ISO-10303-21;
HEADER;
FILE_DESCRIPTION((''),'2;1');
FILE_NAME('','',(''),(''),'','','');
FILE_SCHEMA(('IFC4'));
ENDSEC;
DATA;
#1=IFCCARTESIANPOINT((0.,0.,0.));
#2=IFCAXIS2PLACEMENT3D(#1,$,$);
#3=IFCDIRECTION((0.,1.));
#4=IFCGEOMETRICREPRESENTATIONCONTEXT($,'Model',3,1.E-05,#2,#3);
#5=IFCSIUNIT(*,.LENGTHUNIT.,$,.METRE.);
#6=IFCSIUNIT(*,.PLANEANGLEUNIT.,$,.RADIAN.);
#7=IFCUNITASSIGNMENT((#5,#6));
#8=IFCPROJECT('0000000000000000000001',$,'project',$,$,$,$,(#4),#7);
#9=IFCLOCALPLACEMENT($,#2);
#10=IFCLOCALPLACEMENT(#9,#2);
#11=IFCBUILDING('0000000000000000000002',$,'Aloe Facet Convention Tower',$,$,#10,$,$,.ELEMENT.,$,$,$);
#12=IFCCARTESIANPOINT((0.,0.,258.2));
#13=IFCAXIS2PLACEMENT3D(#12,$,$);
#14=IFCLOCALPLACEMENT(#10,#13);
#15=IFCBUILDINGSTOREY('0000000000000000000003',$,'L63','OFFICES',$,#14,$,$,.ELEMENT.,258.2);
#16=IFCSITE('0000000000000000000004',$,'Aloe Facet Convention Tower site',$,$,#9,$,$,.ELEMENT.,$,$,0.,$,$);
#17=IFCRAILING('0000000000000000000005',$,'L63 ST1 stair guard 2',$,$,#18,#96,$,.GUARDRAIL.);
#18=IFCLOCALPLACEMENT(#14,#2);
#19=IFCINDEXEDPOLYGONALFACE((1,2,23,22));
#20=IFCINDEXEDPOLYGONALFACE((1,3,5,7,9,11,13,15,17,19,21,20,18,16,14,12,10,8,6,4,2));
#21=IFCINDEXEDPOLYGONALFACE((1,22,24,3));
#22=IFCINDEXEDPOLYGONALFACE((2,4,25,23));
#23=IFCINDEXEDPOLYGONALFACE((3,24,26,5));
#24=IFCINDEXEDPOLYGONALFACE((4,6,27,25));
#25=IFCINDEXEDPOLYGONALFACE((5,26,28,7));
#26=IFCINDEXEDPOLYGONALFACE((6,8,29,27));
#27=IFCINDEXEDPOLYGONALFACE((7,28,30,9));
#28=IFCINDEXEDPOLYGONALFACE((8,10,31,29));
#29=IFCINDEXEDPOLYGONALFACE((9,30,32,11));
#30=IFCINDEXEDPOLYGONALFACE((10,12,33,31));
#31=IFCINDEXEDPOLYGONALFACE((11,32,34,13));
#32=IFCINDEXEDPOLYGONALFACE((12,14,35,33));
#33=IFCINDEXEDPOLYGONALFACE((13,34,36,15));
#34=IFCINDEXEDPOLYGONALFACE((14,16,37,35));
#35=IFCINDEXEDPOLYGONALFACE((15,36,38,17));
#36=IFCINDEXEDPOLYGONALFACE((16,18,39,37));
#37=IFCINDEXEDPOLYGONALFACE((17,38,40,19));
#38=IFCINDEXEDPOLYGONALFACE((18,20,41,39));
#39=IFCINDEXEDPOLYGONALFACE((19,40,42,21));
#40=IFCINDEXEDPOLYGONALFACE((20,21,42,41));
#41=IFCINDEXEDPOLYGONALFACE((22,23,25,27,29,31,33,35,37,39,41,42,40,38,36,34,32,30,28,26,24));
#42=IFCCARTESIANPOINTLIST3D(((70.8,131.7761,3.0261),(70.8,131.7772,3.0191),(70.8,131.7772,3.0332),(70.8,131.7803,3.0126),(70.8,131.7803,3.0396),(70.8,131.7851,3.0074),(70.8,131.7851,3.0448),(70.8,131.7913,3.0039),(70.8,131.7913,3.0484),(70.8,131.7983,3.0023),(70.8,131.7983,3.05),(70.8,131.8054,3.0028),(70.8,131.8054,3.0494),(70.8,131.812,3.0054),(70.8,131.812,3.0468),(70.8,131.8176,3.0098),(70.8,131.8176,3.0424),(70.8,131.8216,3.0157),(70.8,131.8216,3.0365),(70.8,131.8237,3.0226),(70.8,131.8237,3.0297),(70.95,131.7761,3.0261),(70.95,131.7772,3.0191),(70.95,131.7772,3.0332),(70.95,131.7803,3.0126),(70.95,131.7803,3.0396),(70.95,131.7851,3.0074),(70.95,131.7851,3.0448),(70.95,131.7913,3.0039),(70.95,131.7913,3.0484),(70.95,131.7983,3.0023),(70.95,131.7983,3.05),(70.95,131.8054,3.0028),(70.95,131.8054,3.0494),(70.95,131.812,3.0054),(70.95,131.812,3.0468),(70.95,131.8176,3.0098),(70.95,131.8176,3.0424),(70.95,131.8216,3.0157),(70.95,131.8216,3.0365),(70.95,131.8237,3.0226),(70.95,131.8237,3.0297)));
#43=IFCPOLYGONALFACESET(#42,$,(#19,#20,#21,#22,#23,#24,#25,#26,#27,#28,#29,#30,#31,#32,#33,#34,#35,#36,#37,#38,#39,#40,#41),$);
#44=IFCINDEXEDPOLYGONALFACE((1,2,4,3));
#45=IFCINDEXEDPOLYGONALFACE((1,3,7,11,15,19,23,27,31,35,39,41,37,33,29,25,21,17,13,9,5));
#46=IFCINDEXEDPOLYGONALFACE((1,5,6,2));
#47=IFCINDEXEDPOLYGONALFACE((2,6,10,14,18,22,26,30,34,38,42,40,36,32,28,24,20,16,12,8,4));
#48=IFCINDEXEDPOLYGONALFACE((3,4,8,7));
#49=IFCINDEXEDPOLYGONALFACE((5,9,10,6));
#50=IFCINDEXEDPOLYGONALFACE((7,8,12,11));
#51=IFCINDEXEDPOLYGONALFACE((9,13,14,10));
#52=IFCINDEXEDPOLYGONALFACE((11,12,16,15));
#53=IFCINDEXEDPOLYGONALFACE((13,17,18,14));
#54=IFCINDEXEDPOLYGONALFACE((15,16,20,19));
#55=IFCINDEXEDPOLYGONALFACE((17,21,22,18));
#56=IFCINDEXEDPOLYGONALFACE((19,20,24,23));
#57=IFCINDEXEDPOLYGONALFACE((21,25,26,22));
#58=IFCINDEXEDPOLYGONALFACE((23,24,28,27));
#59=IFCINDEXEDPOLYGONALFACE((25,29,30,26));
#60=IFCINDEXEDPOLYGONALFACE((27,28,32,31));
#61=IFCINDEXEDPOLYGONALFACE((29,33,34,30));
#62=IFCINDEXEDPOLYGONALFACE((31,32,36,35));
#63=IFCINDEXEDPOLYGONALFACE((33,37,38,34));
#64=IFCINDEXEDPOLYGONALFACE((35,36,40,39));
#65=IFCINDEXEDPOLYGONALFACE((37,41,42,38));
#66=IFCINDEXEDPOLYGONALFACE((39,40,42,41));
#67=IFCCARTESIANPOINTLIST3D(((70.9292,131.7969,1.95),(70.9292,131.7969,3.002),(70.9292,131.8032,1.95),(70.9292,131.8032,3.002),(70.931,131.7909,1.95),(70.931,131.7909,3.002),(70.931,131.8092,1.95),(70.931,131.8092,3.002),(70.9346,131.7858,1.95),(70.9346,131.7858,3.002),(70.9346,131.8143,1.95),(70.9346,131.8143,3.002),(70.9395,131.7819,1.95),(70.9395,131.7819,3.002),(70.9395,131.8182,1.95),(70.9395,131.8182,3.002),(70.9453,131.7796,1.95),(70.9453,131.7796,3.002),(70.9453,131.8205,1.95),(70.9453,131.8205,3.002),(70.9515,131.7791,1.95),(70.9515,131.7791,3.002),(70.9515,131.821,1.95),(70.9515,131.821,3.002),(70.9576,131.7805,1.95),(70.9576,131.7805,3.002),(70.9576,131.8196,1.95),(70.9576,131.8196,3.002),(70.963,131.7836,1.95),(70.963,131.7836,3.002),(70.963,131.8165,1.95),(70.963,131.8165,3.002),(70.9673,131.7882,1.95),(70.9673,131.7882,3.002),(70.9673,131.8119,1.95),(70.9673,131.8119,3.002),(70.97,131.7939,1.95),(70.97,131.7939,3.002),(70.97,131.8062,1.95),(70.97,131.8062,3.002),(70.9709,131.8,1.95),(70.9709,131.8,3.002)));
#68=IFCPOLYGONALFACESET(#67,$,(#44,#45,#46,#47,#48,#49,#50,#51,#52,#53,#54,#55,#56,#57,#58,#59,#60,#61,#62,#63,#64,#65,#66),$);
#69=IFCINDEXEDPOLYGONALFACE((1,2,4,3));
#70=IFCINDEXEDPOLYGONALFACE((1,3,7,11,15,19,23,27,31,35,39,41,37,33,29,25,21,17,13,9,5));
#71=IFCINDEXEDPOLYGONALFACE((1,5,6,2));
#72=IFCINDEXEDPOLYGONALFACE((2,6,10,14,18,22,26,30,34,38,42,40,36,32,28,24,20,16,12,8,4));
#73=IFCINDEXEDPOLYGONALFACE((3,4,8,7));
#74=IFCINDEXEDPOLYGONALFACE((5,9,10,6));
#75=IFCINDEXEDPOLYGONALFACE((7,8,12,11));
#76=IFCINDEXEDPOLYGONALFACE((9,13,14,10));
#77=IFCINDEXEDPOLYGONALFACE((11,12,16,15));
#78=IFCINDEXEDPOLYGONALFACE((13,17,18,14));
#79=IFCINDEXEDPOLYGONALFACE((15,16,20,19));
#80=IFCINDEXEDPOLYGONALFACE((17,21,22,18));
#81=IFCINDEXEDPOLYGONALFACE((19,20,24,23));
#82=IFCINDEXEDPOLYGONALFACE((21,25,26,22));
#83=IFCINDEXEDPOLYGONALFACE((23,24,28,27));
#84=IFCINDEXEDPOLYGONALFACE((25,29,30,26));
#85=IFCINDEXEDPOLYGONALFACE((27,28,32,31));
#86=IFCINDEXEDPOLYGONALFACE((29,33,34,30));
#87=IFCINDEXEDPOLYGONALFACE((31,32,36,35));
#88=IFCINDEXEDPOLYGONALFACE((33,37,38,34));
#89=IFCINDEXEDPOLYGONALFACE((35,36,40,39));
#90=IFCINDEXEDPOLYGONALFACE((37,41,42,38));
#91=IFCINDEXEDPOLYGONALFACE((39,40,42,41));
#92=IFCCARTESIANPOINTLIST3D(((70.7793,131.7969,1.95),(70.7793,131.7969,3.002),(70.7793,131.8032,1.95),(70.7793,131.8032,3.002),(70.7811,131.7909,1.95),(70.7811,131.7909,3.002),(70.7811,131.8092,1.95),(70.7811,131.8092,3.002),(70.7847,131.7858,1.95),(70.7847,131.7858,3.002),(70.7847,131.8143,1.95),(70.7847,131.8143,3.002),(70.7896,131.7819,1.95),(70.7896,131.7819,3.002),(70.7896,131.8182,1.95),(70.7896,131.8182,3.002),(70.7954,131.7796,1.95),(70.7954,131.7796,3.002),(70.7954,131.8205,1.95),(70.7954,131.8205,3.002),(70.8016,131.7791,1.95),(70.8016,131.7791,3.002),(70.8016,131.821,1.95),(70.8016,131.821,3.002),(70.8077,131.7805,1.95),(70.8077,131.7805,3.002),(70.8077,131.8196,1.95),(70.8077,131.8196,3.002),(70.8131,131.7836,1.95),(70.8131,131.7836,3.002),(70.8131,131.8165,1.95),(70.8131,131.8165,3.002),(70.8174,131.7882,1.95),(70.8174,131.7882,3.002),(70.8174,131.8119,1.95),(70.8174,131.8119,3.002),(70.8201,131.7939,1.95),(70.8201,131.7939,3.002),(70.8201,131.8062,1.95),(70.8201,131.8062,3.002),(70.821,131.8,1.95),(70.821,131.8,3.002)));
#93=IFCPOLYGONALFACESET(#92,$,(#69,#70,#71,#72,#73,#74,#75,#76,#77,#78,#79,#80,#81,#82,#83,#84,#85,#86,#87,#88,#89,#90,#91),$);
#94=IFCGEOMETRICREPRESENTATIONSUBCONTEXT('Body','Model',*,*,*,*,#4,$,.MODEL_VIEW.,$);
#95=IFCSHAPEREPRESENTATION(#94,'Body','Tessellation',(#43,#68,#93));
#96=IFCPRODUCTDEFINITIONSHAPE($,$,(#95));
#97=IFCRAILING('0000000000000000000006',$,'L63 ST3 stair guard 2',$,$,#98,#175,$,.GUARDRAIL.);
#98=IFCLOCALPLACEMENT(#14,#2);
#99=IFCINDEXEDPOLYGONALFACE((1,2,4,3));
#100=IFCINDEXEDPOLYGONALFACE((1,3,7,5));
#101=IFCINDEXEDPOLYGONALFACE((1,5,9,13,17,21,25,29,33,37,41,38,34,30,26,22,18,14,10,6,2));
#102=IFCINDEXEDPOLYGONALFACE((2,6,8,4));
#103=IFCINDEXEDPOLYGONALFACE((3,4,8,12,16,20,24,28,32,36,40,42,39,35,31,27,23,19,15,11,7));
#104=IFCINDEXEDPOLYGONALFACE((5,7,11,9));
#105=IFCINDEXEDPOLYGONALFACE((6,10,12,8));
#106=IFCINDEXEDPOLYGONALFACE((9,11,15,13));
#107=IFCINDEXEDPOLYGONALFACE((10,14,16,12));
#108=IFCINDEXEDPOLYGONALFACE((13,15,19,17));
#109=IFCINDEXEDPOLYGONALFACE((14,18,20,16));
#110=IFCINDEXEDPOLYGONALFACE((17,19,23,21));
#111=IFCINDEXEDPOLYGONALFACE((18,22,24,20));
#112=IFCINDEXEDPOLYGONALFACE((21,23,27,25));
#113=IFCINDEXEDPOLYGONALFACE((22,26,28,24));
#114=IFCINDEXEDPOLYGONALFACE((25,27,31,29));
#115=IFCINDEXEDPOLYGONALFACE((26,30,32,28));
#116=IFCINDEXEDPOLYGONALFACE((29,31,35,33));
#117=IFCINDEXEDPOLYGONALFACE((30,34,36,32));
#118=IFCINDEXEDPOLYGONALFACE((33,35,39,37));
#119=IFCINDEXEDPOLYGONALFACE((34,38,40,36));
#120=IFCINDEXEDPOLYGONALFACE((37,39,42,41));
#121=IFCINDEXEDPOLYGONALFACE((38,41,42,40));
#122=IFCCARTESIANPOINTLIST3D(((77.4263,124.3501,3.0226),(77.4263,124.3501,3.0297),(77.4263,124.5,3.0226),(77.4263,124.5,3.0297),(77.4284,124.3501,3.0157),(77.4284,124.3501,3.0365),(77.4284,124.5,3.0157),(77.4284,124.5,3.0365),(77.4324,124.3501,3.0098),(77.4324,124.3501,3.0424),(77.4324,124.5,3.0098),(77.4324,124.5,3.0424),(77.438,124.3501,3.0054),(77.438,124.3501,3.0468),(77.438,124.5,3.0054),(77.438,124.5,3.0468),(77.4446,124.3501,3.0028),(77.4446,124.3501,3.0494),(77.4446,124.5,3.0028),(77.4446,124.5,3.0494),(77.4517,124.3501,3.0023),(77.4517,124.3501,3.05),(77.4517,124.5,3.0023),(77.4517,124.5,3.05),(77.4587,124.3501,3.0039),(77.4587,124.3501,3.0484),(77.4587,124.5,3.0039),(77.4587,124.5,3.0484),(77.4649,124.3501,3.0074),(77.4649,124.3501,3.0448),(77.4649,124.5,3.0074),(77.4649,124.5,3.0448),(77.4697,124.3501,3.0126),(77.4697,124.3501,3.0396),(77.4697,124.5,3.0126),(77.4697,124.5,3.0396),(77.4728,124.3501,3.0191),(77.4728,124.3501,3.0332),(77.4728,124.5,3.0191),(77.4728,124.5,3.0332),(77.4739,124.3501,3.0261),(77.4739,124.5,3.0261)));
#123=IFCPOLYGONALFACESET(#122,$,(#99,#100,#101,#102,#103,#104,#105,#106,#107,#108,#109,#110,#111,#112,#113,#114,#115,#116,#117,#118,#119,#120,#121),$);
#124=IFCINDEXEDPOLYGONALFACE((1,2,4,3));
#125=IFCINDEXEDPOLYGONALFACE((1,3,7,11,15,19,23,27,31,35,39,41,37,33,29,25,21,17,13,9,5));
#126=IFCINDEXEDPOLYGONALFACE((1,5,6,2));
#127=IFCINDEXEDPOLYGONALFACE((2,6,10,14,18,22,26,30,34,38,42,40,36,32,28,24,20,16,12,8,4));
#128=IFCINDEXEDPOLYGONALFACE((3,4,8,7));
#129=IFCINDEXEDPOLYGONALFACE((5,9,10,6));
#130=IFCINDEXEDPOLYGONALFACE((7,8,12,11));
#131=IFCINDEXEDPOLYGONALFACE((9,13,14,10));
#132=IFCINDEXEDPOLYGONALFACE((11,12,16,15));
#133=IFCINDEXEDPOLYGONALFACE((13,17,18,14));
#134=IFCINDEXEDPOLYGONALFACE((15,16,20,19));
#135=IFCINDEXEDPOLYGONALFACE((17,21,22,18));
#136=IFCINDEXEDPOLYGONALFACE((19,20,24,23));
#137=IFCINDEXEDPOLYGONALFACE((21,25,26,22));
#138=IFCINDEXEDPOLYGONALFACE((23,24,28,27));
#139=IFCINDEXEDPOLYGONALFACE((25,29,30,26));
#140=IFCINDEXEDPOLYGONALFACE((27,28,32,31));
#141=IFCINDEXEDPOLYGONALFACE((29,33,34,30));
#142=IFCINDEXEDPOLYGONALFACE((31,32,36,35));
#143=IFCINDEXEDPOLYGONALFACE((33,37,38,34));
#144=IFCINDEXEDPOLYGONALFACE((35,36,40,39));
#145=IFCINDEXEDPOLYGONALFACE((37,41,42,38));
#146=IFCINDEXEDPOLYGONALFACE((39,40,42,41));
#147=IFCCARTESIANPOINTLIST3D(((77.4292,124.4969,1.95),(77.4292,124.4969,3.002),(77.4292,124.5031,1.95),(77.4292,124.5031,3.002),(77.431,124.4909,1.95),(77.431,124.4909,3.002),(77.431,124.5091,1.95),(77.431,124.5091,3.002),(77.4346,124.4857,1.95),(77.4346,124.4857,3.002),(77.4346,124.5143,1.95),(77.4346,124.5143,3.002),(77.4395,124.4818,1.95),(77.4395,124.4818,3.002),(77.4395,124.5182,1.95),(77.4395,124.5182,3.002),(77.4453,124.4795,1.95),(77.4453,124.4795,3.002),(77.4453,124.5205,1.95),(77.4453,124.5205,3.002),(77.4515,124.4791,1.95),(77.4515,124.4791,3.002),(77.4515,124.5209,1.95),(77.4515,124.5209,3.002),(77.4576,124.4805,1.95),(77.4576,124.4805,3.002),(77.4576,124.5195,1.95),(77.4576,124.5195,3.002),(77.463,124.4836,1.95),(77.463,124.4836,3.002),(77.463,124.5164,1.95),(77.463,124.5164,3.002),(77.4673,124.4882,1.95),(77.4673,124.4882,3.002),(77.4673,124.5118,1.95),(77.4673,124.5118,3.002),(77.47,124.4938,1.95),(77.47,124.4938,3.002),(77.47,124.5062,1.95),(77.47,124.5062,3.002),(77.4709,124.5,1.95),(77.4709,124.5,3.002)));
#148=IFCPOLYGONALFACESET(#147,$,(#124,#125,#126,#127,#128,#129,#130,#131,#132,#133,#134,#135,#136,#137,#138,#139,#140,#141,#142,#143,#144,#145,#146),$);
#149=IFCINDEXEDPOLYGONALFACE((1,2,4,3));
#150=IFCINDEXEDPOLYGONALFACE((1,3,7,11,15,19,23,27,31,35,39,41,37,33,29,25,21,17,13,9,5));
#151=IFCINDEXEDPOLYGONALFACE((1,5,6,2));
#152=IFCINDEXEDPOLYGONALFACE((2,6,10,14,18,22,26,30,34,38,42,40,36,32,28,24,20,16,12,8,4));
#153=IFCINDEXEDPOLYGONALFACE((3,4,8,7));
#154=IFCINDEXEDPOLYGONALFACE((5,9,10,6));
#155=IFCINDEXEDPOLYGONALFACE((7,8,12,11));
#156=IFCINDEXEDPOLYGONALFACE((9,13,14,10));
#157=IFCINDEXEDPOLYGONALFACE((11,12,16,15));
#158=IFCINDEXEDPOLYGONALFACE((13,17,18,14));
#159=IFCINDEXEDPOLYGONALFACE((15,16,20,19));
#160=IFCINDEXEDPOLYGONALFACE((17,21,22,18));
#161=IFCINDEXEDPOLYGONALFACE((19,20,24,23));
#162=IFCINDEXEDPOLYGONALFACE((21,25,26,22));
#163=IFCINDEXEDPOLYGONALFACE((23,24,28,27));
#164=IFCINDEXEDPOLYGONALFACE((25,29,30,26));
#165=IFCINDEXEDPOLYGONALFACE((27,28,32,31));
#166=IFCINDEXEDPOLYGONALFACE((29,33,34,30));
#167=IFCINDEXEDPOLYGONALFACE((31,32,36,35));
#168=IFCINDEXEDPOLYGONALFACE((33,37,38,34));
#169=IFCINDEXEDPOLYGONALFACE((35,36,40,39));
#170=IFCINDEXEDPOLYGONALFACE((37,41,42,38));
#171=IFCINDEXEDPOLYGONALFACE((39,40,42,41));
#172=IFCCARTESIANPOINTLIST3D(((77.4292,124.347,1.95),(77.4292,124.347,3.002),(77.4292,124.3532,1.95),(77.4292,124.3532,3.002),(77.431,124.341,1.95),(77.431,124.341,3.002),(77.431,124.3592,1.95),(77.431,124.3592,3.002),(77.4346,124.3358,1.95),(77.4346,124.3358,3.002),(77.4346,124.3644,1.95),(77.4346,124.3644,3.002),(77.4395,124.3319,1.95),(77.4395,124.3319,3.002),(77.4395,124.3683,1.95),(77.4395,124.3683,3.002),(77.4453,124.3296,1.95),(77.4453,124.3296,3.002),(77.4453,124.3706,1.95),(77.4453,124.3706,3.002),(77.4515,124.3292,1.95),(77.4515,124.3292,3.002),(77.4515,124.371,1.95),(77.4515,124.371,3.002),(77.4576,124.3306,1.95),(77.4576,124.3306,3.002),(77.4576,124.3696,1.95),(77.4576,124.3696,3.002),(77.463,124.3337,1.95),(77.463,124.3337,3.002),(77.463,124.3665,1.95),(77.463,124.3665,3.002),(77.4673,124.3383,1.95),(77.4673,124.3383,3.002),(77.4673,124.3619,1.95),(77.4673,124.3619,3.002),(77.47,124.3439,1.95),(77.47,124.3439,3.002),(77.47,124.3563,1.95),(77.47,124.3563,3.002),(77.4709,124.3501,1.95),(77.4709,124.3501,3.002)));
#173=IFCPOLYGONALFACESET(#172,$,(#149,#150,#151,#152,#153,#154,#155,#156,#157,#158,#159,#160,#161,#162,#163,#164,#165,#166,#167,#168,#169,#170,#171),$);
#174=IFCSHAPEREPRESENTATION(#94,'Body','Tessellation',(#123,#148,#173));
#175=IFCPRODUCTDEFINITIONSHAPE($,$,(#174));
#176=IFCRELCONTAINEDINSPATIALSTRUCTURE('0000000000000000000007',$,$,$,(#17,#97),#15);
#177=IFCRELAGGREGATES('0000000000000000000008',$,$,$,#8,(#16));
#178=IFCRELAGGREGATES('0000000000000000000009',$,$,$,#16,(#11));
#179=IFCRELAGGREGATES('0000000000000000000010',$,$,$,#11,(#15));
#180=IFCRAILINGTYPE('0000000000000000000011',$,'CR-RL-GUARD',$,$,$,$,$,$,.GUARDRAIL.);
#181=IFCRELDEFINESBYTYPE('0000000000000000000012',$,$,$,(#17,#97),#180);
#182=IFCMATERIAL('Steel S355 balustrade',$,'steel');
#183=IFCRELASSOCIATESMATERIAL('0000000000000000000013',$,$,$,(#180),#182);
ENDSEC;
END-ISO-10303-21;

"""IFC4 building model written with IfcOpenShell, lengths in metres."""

from ifc_helpers import new_model, si_unit, direction, frame, origin, origin_2d, place, context, subcontext, project, spatial, circle, extrude, material, type_object, element, save


model = new_model("IFC4")

# Units and contexts
model_context = context("Model", 3, precision=1e-05, world=origin(), true_north=direction((0.0, 1.0)))
body_context = subcontext(model_context, "Body", "Model", "MODEL_VIEW")
ifc_project = project(units=[si_unit("LENGTHUNIT", "METRE"), si_unit("PLANEANGLEUNIT", "RADIAN")], contexts=[model_context])

# Site, building, storey
site_placement = place(None, origin())
site = spatial("IfcSite", under=ifc_project, at=site_placement, Name="Aloe Facet Convention Tower site", CompositionType="ELEMENT", RefElevation=0.0)
building_placement = place(site_placement, origin())
building = spatial("IfcBuilding", under=site, at=building_placement, Name="Aloe Facet Convention Tower", CompositionType="ELEMENT")
storey_placement = place(building_placement, frame((0.0, 0.0, 258.2)))
storey = spatial("IfcBuildingStorey", under=building, at=storey_placement, Name="L63", Description="OFFICES", CompositionType="ELEMENT", Elevation=258.2)

# Railings
ifc_material_1 = material(Name="Steel S355 balustrade", Category="steel")
railing_type_1 = type_object("IfcRailingType", Name="CR-RL-GUARD", PredefinedType="GUARDRAIL", material=ifc_material_1)
railing_1_placement = place(storey_placement, frame((70.95, 131.8, 1.95)))
element("IfcRailing", 1, at=railing_1_placement, inside=storey, type_object=railing_type_1, Name="L63 ST1 stair guard 2", PredefinedType="GUARDRAIL", context=body_context, shape_type="SweptSolid", body=[
    extrude(circle(Radius=0.0239, at=origin_2d()), frame((0.0, 0.0, 1.0762), z_axis=(-1.0, 0.0, 0.0), x_axis=(0.0, -1.0, 0.0)), (0.0, 0.0, 1.0), 0.1499),
    extrude(circle(Radius=0.021, at=origin_2d()), origin(), (0.0, 0.0, 1.0), 1.052),
    extrude(circle(Radius=0.021, at=origin_2d()), frame((-0.1499, 0.0, 0.0)), (0.0, 0.0, 1.0), 1.052),
])
railing_2_placement = place(storey_placement, frame((77.45, 124.5, 1.95)))
element("IfcRailing", 2, at=railing_2_placement, inside=storey, type_object=railing_type_1, Name="L63 ST3 stair guard 2", PredefinedType="GUARDRAIL", context=body_context, shape_type="SweptSolid", body=[
    extrude(circle(Radius=0.0239, at=origin_2d()), frame((0.0, 0.0, 1.0762), z_axis=(0.0, -1.0, 0.0), x_axis=(1.0, 0.0, 0.0)), (0.0, 0.0, 1.0), 0.1499),
    extrude(circle(Radius=0.021, at=origin_2d()), origin(), (0.0, 0.0, 1.0), 1.052),
    extrude(circle(Radius=0.021, at=origin_2d()), frame((0.0, -0.1499, 0.0)), (0.0, 0.0, 1.0), 1.052),
])

save(model, "model.ifc")
